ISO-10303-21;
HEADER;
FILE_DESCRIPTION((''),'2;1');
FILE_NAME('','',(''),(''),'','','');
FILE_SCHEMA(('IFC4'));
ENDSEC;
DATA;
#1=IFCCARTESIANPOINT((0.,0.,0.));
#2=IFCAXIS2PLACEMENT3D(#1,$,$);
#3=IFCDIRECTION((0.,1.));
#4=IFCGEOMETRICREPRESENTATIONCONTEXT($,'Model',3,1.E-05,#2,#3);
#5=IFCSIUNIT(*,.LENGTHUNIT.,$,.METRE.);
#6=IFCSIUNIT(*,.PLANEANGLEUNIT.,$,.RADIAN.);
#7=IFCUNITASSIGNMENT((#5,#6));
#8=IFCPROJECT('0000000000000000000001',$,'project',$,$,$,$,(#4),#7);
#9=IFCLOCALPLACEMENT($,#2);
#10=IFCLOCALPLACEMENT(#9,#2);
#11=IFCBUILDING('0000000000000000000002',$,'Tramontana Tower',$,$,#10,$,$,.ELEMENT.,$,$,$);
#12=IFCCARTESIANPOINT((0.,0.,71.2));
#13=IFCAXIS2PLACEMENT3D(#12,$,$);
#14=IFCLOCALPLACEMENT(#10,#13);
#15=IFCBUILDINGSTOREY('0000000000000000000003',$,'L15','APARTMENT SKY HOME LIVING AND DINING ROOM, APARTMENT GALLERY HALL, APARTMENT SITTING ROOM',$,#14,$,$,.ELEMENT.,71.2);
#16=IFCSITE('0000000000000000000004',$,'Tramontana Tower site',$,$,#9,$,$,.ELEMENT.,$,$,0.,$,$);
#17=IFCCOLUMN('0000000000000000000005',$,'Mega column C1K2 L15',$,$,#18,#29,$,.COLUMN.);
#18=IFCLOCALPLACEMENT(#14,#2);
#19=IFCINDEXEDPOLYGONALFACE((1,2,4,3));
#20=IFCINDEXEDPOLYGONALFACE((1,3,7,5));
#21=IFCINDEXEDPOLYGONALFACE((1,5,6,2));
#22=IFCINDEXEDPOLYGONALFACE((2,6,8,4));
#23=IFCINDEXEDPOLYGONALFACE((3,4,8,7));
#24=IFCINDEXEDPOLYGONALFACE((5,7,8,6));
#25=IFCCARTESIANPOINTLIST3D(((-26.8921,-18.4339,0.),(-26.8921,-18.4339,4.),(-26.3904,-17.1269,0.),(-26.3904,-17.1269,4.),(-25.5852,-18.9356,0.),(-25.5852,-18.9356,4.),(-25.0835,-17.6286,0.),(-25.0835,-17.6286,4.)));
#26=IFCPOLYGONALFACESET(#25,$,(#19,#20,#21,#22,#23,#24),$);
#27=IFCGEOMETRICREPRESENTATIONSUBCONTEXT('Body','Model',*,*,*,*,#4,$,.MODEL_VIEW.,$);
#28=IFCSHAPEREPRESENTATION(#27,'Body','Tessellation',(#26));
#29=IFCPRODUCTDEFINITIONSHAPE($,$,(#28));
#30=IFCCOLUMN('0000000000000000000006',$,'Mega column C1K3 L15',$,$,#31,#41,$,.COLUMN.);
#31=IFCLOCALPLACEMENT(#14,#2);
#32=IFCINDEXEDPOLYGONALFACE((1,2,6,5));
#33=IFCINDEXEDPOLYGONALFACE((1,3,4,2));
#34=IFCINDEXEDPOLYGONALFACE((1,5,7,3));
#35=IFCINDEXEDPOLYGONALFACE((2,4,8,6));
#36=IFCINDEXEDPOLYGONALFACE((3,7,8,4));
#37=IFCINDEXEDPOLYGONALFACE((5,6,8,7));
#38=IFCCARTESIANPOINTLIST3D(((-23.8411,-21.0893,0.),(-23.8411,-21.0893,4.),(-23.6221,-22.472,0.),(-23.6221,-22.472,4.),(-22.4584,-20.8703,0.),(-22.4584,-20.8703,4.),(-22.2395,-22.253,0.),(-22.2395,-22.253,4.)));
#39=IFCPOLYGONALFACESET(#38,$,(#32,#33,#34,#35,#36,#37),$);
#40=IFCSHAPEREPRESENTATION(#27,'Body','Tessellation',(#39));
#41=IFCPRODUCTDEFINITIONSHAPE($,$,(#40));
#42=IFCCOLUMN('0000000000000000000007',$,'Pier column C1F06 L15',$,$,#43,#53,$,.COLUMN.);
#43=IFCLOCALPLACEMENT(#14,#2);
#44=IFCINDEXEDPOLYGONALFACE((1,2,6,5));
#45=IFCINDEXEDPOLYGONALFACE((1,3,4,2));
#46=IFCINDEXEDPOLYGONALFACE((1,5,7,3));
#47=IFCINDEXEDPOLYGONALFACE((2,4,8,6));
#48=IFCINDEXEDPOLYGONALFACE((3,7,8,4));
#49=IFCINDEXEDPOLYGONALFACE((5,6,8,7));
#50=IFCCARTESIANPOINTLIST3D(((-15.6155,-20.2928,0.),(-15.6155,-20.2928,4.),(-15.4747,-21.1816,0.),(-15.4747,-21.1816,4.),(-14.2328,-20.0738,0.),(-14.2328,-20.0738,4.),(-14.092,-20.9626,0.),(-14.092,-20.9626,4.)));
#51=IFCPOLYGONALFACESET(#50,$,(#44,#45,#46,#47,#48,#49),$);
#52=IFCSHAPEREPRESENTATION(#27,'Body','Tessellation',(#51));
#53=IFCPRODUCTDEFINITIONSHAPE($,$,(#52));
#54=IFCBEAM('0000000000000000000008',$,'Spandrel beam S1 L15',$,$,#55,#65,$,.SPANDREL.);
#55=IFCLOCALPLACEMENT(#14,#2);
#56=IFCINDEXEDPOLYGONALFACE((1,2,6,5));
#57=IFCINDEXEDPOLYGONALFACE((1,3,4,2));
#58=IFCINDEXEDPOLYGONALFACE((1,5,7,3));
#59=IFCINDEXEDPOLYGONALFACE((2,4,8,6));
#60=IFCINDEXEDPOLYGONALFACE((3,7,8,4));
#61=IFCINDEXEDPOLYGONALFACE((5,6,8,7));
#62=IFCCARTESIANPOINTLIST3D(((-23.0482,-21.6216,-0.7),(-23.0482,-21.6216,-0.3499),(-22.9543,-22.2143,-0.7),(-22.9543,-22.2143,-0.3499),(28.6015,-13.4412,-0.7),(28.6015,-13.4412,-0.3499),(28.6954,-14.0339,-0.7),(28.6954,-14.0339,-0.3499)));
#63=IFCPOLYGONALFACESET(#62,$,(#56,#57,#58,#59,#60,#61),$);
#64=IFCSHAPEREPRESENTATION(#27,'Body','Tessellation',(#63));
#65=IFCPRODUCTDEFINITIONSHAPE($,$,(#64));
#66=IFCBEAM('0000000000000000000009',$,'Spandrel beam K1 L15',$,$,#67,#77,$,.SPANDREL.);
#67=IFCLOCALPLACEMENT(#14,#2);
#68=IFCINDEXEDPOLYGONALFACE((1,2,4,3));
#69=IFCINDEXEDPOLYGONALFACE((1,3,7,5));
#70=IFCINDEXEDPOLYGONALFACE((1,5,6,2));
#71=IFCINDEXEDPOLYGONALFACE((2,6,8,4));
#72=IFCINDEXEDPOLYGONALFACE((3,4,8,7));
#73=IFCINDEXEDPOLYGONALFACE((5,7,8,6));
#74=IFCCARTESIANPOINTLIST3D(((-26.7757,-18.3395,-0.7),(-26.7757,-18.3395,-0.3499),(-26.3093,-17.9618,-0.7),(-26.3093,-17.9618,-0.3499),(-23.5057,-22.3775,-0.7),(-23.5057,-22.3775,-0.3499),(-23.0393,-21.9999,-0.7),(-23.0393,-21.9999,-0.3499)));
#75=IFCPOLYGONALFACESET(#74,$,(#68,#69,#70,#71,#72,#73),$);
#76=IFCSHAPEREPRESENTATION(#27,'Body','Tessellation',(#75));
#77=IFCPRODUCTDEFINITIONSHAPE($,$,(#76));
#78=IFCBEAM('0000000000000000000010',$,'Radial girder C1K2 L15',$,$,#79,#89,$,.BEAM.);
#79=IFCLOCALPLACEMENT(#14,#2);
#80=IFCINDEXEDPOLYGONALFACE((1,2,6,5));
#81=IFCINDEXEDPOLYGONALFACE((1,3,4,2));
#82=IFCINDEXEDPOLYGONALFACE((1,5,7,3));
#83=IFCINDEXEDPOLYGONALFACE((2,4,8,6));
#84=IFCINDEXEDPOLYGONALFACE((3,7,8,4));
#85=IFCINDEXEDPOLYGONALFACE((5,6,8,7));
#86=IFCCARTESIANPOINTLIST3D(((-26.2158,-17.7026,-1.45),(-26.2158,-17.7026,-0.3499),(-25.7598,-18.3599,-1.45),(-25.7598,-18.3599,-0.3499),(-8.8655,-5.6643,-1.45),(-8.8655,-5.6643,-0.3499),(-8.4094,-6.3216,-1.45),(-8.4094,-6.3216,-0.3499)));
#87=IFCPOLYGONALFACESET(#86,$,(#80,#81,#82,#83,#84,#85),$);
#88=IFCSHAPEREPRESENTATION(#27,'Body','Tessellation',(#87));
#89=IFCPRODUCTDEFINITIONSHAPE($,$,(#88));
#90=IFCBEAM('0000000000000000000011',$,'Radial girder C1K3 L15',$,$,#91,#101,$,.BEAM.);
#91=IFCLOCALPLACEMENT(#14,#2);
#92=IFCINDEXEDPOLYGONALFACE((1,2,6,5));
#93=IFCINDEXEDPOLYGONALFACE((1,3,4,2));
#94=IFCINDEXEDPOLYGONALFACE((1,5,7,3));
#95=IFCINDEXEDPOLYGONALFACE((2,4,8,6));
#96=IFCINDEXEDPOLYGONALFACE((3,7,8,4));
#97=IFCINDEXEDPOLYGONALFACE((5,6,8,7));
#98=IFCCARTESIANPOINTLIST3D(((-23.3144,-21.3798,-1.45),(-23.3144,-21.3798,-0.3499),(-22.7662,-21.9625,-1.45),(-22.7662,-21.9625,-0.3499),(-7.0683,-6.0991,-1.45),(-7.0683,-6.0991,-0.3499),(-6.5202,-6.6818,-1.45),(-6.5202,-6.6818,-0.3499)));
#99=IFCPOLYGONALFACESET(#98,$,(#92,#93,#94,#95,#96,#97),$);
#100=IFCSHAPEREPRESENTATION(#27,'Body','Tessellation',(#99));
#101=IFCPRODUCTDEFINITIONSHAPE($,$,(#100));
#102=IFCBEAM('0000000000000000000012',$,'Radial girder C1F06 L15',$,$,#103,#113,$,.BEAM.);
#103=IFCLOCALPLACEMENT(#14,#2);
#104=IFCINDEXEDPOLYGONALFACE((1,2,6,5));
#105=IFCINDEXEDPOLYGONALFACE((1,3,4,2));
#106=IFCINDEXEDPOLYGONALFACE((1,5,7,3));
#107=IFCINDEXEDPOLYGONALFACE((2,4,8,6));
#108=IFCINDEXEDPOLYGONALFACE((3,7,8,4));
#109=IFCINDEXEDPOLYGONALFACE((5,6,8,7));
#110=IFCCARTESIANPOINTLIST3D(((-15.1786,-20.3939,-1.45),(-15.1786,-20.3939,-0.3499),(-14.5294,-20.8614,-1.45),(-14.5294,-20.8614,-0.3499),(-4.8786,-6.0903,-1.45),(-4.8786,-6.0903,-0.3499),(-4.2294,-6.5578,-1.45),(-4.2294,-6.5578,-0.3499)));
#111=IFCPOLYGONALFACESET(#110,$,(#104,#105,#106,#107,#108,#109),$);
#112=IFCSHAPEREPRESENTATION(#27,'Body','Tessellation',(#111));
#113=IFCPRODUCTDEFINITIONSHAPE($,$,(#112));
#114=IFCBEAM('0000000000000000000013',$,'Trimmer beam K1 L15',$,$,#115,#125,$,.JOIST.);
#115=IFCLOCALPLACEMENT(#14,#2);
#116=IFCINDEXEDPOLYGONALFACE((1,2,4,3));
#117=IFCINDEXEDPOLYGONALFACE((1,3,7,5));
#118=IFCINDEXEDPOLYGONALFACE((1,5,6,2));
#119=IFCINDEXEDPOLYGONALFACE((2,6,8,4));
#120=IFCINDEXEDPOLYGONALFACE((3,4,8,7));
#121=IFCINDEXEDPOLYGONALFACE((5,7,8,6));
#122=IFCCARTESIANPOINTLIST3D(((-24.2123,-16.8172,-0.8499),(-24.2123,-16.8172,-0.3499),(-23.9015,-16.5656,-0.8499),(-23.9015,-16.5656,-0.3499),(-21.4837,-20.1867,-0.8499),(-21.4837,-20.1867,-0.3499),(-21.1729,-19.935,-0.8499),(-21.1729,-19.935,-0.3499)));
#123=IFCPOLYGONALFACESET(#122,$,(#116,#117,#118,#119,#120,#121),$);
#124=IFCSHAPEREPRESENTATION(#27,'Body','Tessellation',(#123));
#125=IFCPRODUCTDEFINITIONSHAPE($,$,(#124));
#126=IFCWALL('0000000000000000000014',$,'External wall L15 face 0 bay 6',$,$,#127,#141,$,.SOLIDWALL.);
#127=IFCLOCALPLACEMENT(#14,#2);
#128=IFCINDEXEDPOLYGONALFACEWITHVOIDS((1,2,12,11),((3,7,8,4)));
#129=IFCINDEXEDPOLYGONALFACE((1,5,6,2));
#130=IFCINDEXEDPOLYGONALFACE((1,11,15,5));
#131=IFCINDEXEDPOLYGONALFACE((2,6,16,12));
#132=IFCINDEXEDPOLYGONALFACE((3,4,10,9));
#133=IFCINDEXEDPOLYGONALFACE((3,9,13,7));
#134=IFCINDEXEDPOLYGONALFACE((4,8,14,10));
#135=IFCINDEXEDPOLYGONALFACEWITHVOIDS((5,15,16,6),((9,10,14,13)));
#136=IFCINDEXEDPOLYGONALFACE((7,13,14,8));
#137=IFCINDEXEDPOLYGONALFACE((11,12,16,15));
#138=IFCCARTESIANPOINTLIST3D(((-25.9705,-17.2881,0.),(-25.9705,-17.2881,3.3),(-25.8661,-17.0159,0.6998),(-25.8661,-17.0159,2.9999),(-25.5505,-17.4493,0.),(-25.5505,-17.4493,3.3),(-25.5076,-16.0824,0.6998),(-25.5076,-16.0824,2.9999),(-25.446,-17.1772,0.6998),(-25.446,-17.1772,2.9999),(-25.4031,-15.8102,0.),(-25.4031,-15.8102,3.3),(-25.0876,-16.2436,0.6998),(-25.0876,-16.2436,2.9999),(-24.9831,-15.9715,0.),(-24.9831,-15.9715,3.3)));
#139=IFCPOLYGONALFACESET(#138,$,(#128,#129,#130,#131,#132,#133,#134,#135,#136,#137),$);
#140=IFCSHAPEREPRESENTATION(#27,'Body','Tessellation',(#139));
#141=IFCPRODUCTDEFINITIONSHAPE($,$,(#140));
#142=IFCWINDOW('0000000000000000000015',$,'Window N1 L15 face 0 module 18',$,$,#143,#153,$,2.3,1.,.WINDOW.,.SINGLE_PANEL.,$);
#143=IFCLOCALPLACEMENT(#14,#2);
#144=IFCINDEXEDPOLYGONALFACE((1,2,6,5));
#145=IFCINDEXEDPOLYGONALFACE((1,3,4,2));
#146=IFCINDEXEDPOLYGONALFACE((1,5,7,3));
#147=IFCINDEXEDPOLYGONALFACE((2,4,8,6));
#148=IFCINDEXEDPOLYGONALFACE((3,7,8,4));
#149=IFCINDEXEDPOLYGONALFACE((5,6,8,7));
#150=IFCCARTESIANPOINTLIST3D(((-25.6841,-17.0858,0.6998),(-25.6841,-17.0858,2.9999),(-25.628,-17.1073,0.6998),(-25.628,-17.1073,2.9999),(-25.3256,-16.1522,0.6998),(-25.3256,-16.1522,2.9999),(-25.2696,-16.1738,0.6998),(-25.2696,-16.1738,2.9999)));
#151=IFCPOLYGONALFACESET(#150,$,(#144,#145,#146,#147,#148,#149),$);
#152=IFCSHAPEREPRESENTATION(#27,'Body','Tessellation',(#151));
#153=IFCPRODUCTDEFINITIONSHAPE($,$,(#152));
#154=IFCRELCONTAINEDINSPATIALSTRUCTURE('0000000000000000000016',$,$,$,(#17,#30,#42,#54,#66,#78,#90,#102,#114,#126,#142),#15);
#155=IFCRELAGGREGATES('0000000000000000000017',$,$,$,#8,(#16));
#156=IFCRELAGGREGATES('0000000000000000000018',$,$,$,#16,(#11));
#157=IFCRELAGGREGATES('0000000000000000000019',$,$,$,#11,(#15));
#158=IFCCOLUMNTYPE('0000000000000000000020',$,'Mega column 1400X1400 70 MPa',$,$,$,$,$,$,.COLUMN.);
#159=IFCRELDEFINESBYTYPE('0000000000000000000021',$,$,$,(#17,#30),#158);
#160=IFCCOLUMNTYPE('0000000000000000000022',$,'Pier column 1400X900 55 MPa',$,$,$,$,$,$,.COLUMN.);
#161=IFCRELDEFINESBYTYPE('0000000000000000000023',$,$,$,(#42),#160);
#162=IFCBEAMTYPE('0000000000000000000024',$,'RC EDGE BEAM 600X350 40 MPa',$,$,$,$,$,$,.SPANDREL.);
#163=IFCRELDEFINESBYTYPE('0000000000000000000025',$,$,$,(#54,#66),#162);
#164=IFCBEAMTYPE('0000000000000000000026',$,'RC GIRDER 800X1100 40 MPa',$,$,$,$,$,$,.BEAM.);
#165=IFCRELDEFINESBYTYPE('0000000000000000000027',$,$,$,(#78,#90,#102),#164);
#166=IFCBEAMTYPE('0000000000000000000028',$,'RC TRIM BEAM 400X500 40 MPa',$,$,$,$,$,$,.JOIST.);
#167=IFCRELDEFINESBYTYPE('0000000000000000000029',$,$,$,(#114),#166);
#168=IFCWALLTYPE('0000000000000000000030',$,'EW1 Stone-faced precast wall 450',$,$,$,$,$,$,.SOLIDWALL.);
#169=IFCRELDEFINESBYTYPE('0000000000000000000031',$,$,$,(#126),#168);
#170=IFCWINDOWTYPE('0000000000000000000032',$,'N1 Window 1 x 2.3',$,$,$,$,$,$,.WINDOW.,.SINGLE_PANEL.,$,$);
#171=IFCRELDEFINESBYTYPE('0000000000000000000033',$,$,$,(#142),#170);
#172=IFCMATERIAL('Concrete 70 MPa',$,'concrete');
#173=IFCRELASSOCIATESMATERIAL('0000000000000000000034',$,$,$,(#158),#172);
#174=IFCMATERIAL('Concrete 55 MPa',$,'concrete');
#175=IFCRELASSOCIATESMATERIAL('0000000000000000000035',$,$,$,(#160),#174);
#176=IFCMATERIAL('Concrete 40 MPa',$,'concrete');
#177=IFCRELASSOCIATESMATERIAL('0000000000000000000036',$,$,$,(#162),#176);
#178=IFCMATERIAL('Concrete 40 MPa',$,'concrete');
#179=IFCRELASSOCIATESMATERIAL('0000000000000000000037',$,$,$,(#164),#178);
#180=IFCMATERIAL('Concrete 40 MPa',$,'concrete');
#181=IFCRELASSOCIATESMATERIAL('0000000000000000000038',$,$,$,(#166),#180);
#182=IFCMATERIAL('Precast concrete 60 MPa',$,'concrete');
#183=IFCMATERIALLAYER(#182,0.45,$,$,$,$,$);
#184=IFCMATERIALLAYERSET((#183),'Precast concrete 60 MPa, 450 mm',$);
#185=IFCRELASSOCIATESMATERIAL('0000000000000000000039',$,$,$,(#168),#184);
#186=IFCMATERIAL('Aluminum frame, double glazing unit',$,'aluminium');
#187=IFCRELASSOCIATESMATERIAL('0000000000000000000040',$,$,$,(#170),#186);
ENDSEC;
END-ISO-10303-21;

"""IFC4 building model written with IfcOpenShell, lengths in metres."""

from ifc_helpers import new_model, si_unit, direction, frame, frame_2d, origin, origin_2d, place, context, subcontext, project, spatial, rectangle, extrude, material, layer, layer_set, material_profile, profile_set, type_object, element, fill, save


model = new_model("IFC4")

# Units and contexts
model_context = context("Model", 3, precision=1e-05, world=origin(), true_north=direction((0.0, 1.0)))
body_context = subcontext(model_context, "Body", "Model", "MODEL_VIEW")
ifc_project = project(units=[si_unit("LENGTHUNIT", "METRE"), si_unit("PLANEANGLEUNIT", "RADIAN")], contexts=[model_context])

# Site, building, storey
site_placement = place(None, origin())
site = spatial("IfcSite", under=ifc_project, at=site_placement, Name="Tramontana Tower site", CompositionType="ELEMENT", RefElevation=0.0)
building_placement = place(site_placement, origin())
building = spatial("IfcBuilding", under=site, at=building_placement, Name="Tramontana Tower", CompositionType="ELEMENT")
storey_placement = place(building_placement, frame((0.0, 0.0, 71.2)))
storey = spatial("IfcBuildingStorey", under=building, at=storey_placement, Name="L15", Description="APARTMENT SKY HOME LIVING AND DINING ROOM, APARTMENT GALLERY HALL, APARTMENT SITTING ROOM", CompositionType="ELEMENT", Elevation=71.2)

# Columns
ifc_material_1 = material(Name="Concrete 70 MPa", Category="concrete")
ifc_material_profile_1 = material_profile(ifc_material_1, rectangle(XDim=1.3999, YDim=1.3999, at=origin_2d()), Name="Mega column 1400X1400 70 MPa")
ifc_profile_set_1 = profile_set([ifc_material_profile_1], Name="Concrete 70 MPa")
column_type_1 = type_object("IfcColumnType", Name="Mega column 1400X1400 70 MPa", PredefinedType="COLUMN", material=ifc_profile_set_1)
for number, where, z_axis, x_axis, name in (
    (1, (-25.9878, -18.0312, 0.0), (0.0, 0.0, 1.0), (-0.358368, -0.93358, 0.0), "Mega column C1K2 L15"),
    (2, (-23.0403, -21.6711, 0.0), (0.0, 0.0, 1.0), (0.987688, 0.156434, 0.0), "Mega column C1K3 L15"),
):
    element("IfcColumn", number, at=place(storey_placement, frame(where, z_axis=z_axis, x_axis=x_axis)), inside=storey, type_object=column_type_1, Name=name, PredefinedType="COLUMN", context=body_context, shape_type="SweptSolid", body=[
        extrude(rectangle(XDim=1.3999, YDim=1.3999, at=origin_2d()), origin(), (0.0, 0.0, 1.0), 4.0),
    ])
ifc_material_2 = material(Name="Concrete 55 MPa", Category="concrete")
ifc_material_profile_2 = material_profile(ifc_material_2, rectangle(XDim=1.3999, YDim=0.8999, at=origin_2d()), Name="Pier column 1400X900 55 MPa")
ifc_profile_set_2 = profile_set([ifc_material_profile_2], Name="Concrete 55 MPa")
column_type_2 = type_object("IfcColumnType", Name="Pier column 1400X900 55 MPa", PredefinedType="COLUMN", material=ifc_profile_set_2)
column_placement = place(storey_placement, frame((-14.8538, -20.6277, 0.0), z_axis=(0.0, 0.0, 1.0), x_axis=(0.987688, 0.156434, 0.0)))
element("IfcColumn", 3, at=column_placement, inside=storey, type_object=column_type_2, Name="Pier column C1F06 L15", PredefinedType="COLUMN", context=body_context, shape_type="SweptSolid", body=[
    extrude(rectangle(XDim=1.3999, YDim=0.8999, at=origin_2d()), origin(), (0.0, 0.0, 1.0), 4.0),
])

# Beams
ifc_material_3 = material(Name="Concrete 40 MPa", Category="concrete")
ifc_material_profile_3 = material_profile(ifc_material_3, rectangle(XDim=0.6001, YDim=0.3501, at=origin_2d()), Name="RC EDGE BEAM 600X350 40 MPa")
ifc_profile_set_3 = profile_set([ifc_material_profile_3], Name="Concrete 40 MPa")
beam_type_1 = type_object("IfcBeamType", Name="RC EDGE BEAM 600X350 40 MPa", PredefinedType="SPANDREL", material=ifc_profile_set_3)
beam_1_placement = place(storey_placement, frame((-23.0012, -21.918, -0.5249), z_axis=(0.987689, 0.156433, 0.0), x_axis=(-0.156433, 0.987689, 0.0)))
element("IfcBeam", 4, at=beam_1_placement, inside=storey, type_object=beam_type_1, Name="Spandrel beam S1 L15", PredefinedType="SPANDREL", context=body_context, shape_type="SweptSolid", body=[
    extrude(rectangle(XDim=0.6001, YDim=0.3501, at=origin_2d()), origin(), (0.0, 0.0, 1.0), 52.2935),
])
beam_2_placement = place(storey_placement, frame((-26.5425, -18.1506, -0.5249), z_axis=(0.629325, -0.777142, 0.0), x_axis=(0.777142, 0.629325, 0.0)))
element("IfcBeam", 5, at=beam_2_placement, inside=storey, type_object=beam_type_1, Name="Spandrel beam K1 L15", PredefinedType="SPANDREL", context=body_context, shape_type="SweptSolid", body=[
    extrude(rectangle(XDim=0.6001, YDim=0.3501, at=origin_2d()), origin(), (0.0, 0.0, 1.0), 5.196),
])
ifc_material_4 = material(Name="Concrete 40 MPa", Category="concrete")
ifc_material_profile_4 = material_profile(ifc_material_4, rectangle(XDim=0.8, YDim=1.1001, at=origin_2d()), Name="RC GIRDER 800X1100 40 MPa")
ifc_profile_set_4 = profile_set([ifc_material_profile_4], Name="Concrete 40 MPa")
beam_type_2 = type_object("IfcBeamType", Name="RC GIRDER 800X1100 40 MPa", PredefinedType="BEAM", material=ifc_profile_set_4)
beam_3_placement = place(storey_placement, frame((-25.9878, -18.0312, -0.8999), z_axis=(0.821603, 0.57006, 0.0), x_axis=(-0.57006, 0.821603, 0.0)))
element("IfcBeam", 6, at=beam_3_placement, inside=storey, type_object=beam_type_2, Name="Radial girder C1K2 L15", PredefinedType="BEAM", context=body_context, shape_type="SweptSolid", body=[
    extrude(rectangle(XDim=0.8, YDim=1.1001, at=origin_2d()), origin(), (0.0, 0.0, 1.0), 21.1177),
])
beam_4_placement = place(storey_placement, frame((-23.0403, -21.6711, -0.8999), z_axis=(0.728417, 0.685135, 0.0), x_axis=(-0.685135, 0.728417, 0.0)))
element("IfcBeam", 7, at=beam_4_placement, inside=storey, type_object=beam_type_2, Name="Radial girder C1K3 L15", PredefinedType="BEAM", context=body_context, shape_type="SweptSolid", body=[
    extrude(rectangle(XDim=0.8, YDim=1.1001, at=origin_2d()), origin(), (0.0, 0.0, 1.0), 22.3032),
])
beam_5_placement = place(storey_placement, frame((-14.854, -20.6277, -0.8999), z_axis=(0.584356, 0.811497, 0.0), x_axis=(-0.811497, 0.584356, 0.0)))
element("IfcBeam", 8, at=beam_5_placement, inside=storey, type_object=beam_type_2, Name="Radial girder C1F06 L15", PredefinedType="BEAM", context=body_context, shape_type="SweptSolid", body=[
    extrude(rectangle(XDim=0.8, YDim=1.1001, at=origin_2d()), origin(), (0.0, 0.0, 1.0), 17.6262),
])
ifc_material_5 = material(Name="Concrete 40 MPa", Category="concrete")
ifc_material_profile_5 = material_profile(ifc_material_5, rectangle(XDim=0.3999, YDim=0.5, at=origin_2d()), Name="RC TRIM BEAM 400X500 40 MPa")
ifc_profile_set_5 = profile_set([ifc_material_profile_5], Name="Concrete 40 MPa")
beam_type_3 = type_object("IfcBeamType", Name="RC TRIM BEAM 400X500 40 MPa", PredefinedType="JOIST", material=ifc_profile_set_5)
beam_6_placement = place(storey_placement, frame((-24.0569, -16.6914, -0.5999), z_axis=(0.629326, -0.777141, 0.0), x_axis=(0.777141, 0.629326, 0.0)))
element("IfcBeam", 9, at=beam_6_placement, inside=storey, type_object=beam_type_3, Name="Trimmer beam K1 L15", PredefinedType="JOIST", context=body_context, shape_type="SweptSolid", body=[
    extrude(rectangle(XDim=0.3999, YDim=0.5, at=origin_2d()), origin(), (0.0, 0.0, 1.0), 4.3357),
])

# Wall, opening, window
ifc_material_6 = material(Name="Precast concrete 60 MPa", Category="concrete")
ifc_layer_1 = layer(ifc_material_6, 0.45)
ifc_layer_set_1 = layer_set([ifc_layer_1], Name="Precast concrete 60 MPa, 450 mm")
wall_type_1 = type_object("IfcWallType", Name="EW1 Stone-faced precast wall 450", PredefinedType="SOLIDWALL", material=ifc_layer_set_1)
wall_1_placement = place(storey_placement, frame((-25.1931, -15.8909, 0.0), z_axis=(0.0, 0.0, 1.0), x_axis=(-0.358431, -0.933556, 0.0)))
wall_1 = element("IfcWall", 10, at=wall_1_placement, inside=storey, type_object=wall_type_1, Name="External wall L15 face 0 bay 6", PredefinedType="SOLIDWALL", context=body_context, shape_type="SweptSolid", body=[
    extrude(rectangle(XDim=1.583, YDim=0.45, at=frame_2d((0.7915, 0.0))), origin(), (0.0, 0.0, 1.0), 3.3),
])
opening_1_placement = place(wall_1_placement, frame((0.2915, 0.0, 0.7)))
opening_1 = element("IfcOpeningElement", 11, at=opening_1_placement, cuts=wall_1, PredefinedType="OPENING", context=body_context, shape_type="SweptSolid", body=[
    extrude(rectangle(XDim=1.0, YDim=2.3, at=frame_2d((0.5, 1.1499))), frame((0.0, 0.2349, 0.0), z_axis=(0.0, -1.0, 0.0), x_axis=(1.0, 0.0, 0.0)), (0.0, 0.0, 1.0), 0.47),
])
ifc_material_7 = material(Name="Aluminum frame, double glazing unit", Category="aluminium")
window_type_1 = type_object("IfcWindowType", Name="N1 Window 1 x 2.3", PartitioningType="SINGLE_PANEL", PredefinedType="WINDOW", material=ifc_material_7)
window_1_placement = place(opening_1_placement, origin())
window_1 = element("IfcWindow", 12, at=window_1_placement, inside=storey, type_object=window_type_1, Name="Window N1 L15 face 0 module 18", OverallHeight=2.3, OverallWidth=1.0, PartitioningType="SINGLE_PANEL", PredefinedType="WINDOW", context=body_context, shape_type="SweptSolid", body=[
    extrude(rectangle(XDim=1.0, YDim=2.3, at=frame_2d((0.5, 1.1499))), frame((0.0, 0.03, 0.0), z_axis=(0.0, -1.0, 0.0), x_axis=(1.0, 0.0, 0.0)), (0.0, 0.0, 1.0), 0.0601),
])
fill(opening_1, window_1)

save(model, "model.ifc")
